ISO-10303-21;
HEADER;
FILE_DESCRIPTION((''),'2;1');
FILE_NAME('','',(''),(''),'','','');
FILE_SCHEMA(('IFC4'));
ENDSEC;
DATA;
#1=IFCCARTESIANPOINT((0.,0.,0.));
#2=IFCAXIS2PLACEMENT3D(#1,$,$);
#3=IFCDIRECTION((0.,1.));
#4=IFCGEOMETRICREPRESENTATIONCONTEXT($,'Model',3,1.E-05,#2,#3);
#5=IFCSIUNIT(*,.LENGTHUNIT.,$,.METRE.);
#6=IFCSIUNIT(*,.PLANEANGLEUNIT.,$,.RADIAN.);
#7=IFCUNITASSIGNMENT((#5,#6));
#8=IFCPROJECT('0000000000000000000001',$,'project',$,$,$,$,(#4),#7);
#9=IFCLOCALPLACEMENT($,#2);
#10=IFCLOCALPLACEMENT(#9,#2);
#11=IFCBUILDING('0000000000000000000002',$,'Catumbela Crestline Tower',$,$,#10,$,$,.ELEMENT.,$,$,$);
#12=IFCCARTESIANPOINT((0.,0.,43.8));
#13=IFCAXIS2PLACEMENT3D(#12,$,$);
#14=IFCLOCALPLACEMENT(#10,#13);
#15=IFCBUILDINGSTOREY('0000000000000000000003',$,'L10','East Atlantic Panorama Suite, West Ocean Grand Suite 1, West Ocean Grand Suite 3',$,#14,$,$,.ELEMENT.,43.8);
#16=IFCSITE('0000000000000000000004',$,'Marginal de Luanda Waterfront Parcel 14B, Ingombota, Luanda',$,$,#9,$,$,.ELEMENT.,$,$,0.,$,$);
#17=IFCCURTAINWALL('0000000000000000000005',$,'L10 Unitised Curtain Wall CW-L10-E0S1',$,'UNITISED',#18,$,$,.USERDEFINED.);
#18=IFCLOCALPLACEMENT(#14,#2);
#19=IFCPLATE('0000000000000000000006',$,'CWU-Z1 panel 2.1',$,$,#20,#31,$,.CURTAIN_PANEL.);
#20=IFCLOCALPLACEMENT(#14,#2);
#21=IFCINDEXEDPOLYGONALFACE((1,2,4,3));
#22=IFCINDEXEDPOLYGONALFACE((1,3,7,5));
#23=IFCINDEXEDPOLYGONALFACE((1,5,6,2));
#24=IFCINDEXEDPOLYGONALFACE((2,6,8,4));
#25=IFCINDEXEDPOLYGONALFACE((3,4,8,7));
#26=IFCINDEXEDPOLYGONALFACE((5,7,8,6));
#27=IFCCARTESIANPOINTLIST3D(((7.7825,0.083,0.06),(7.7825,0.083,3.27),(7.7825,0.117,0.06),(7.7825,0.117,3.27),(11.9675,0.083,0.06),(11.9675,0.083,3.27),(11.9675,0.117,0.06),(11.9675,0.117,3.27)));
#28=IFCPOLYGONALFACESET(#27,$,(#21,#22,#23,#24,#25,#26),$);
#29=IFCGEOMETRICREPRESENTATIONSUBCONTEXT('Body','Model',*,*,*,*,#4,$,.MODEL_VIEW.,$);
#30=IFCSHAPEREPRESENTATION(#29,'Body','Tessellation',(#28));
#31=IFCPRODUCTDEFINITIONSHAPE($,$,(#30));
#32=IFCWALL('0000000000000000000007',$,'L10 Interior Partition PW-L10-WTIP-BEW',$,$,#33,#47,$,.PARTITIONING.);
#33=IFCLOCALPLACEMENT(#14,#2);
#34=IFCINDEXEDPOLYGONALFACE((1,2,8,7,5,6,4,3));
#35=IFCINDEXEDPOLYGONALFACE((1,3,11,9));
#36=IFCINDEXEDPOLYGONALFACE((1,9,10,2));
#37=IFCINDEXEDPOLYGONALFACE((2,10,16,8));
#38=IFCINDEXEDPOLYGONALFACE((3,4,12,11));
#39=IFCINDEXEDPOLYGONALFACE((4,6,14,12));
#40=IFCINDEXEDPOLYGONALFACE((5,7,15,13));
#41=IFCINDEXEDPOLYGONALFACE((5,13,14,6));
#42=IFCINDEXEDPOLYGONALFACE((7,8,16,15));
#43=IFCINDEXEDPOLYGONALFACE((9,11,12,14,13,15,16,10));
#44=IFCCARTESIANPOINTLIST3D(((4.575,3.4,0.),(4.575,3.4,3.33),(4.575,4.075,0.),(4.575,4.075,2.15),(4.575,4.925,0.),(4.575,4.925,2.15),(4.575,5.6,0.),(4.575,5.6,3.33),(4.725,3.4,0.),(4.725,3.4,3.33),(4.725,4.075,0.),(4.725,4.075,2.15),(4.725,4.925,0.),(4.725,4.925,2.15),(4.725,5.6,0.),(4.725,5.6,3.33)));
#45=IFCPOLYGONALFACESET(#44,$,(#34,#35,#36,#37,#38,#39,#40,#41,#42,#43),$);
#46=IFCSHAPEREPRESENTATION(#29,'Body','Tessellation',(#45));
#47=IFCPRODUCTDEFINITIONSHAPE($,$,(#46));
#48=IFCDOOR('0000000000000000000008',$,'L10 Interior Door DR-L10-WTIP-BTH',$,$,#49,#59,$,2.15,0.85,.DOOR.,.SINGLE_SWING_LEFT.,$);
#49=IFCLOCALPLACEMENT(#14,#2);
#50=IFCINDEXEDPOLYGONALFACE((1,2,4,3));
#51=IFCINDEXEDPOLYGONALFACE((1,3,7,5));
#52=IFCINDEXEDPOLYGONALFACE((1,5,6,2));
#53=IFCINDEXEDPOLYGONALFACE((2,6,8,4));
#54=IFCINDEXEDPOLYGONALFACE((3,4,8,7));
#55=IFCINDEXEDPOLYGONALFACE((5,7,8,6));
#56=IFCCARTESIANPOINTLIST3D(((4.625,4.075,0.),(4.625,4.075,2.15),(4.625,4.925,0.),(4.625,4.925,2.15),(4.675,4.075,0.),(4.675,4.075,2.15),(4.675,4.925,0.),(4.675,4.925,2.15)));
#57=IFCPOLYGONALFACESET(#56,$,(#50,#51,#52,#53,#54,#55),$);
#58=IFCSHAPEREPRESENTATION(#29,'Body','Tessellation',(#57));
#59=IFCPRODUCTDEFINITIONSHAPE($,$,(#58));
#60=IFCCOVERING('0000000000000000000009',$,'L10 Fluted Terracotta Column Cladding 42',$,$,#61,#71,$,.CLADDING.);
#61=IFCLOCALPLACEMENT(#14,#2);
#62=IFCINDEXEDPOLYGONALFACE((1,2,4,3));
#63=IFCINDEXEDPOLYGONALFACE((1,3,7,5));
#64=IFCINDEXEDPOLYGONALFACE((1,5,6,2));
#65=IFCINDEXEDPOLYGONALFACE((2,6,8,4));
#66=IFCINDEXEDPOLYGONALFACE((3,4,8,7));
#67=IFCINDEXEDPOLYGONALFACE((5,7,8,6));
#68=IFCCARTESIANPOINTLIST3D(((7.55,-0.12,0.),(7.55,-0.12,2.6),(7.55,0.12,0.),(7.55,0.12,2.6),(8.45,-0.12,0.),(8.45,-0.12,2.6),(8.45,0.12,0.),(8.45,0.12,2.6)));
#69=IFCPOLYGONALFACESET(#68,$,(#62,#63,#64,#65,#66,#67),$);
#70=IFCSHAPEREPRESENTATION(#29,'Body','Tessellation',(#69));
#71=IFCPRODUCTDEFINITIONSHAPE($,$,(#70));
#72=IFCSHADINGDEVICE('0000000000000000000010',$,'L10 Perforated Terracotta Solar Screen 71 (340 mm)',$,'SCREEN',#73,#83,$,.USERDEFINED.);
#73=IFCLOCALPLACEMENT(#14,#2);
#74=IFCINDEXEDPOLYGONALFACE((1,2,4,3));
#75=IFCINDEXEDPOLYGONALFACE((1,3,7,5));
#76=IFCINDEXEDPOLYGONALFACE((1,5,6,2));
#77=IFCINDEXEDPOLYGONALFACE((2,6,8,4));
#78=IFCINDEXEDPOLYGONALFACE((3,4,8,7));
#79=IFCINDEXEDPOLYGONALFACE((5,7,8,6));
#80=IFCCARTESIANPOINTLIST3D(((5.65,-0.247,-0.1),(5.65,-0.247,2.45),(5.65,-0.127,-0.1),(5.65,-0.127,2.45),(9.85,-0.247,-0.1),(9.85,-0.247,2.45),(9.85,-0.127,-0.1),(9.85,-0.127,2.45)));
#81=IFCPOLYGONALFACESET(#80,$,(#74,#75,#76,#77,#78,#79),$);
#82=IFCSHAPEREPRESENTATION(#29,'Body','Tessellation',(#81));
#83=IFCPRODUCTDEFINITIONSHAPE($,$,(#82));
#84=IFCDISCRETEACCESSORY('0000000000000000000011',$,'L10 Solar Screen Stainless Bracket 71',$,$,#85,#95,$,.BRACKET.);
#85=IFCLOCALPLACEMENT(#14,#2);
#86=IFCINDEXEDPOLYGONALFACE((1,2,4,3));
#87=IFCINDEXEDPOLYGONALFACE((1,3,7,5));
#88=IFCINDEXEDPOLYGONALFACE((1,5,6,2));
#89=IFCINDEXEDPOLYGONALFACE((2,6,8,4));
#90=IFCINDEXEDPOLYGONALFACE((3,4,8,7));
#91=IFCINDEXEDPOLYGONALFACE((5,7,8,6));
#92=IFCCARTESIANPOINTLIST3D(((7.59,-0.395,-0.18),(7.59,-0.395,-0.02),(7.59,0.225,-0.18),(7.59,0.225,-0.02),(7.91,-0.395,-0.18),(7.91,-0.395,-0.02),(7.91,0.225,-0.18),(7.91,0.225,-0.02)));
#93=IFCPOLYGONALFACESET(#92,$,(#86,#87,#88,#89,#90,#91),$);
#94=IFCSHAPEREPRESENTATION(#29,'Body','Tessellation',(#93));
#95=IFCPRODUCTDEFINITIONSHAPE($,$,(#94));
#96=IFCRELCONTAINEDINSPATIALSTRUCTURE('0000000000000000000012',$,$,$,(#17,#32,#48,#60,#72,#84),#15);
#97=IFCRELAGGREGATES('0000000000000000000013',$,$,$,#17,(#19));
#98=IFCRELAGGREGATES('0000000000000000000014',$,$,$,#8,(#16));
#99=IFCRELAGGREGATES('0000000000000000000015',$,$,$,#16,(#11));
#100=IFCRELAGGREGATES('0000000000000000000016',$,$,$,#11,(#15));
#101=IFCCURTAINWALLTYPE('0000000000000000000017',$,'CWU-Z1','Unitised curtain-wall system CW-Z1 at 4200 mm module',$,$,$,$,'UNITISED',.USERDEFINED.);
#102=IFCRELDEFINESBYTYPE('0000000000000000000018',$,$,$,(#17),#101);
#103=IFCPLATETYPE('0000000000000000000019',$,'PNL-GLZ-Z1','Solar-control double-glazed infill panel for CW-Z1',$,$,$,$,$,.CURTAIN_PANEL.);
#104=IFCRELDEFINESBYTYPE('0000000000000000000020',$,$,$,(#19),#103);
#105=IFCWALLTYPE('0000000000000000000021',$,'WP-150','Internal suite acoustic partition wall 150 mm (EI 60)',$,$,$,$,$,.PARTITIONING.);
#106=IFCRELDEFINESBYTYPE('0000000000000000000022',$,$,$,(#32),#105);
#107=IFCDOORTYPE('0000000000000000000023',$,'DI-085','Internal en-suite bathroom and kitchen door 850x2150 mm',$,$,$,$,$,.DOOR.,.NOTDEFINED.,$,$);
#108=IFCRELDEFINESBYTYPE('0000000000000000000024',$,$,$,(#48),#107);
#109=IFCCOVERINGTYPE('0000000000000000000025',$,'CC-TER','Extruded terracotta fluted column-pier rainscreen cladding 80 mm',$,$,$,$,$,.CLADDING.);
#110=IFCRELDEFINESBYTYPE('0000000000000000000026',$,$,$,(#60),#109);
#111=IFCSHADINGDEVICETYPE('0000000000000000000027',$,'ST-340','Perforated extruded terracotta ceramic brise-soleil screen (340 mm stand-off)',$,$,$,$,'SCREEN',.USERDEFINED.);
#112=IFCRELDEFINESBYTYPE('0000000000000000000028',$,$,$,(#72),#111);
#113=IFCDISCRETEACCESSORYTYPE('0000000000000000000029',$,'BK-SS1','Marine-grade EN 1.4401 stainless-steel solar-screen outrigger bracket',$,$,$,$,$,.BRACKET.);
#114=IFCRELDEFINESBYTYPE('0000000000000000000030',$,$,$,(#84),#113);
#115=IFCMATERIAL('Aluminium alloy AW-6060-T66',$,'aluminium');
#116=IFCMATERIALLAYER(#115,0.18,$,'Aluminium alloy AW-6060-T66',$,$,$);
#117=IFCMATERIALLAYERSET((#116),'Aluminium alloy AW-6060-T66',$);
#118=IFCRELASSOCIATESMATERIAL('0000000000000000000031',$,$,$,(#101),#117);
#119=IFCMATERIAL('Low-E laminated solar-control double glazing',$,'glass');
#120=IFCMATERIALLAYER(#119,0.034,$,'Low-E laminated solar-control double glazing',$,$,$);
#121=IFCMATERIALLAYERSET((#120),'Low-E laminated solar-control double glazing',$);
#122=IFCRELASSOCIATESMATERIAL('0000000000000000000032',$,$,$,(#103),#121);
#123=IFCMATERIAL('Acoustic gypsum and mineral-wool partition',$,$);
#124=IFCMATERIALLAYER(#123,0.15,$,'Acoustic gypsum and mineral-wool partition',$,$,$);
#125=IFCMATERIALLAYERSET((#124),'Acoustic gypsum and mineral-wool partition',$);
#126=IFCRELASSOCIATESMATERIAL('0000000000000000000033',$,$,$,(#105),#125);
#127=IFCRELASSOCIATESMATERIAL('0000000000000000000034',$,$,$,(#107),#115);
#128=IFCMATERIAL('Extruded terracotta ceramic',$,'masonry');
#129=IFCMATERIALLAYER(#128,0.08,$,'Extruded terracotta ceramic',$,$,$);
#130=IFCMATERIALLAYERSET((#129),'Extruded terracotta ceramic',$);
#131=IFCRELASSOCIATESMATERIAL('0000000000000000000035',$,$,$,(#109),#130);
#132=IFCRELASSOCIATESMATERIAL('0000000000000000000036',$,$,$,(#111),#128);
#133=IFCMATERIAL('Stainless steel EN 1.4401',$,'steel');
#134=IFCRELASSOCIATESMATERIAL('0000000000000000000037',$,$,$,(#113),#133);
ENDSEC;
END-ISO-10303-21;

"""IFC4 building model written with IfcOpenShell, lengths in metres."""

from ifc_helpers import new_model, si_unit, direction, frame, frame_2d, origin, origin_2d, place, context, subcontext, project, spatial, rectangle, extrude, material, layer, layer_set, type_object, element, fill, aggregate, save


model = new_model("IFC4")

# Units and contexts
model_context = context("Model", 3, precision=1e-05, world=origin(), true_north=direction((0.0, 1.0)))
body_context = subcontext(model_context, "Body", "Model", "MODEL_VIEW")
ifc_project = project(units=[si_unit("LENGTHUNIT", "METRE"), si_unit("PLANEANGLEUNIT", "RADIAN")], contexts=[model_context])

# Site, building, storey
site_placement = place(None, origin())
site = spatial("IfcSite", under=ifc_project, at=site_placement, Name="Marginal de Luanda Waterfront Parcel 14B, Ingombota, Luanda", CompositionType="ELEMENT", RefElevation=0.0)
building_placement = place(site_placement, origin())
building = spatial("IfcBuilding", under=site, at=building_placement, Name="Catumbela Crestline Tower", CompositionType="ELEMENT")
storey_placement = place(building_placement, frame((0.0, 0.0, 43.8)))
storey = spatial("IfcBuildingStorey", under=building, at=storey_placement, Name="L10", Description="East Atlantic Panorama Suite, West Ocean Grand Suite 1, West Ocean Grand Suite 3", CompositionType="ELEMENT", Elevation=43.8)

# Curtain wall, plate
ifc_material_1 = material(Name="Aluminium alloy AW-6060-T66", Category="aluminium")
ifc_layer_1 = layer(ifc_material_1, 0.18, Name="Aluminium alloy AW-6060-T66")
ifc_layer_set_1 = layer_set([ifc_layer_1], Name="Aluminium alloy AW-6060-T66")
curtain_wall_type = type_object("IfcCurtainWallType", Name="CWU-Z1", Description="Unitised curtain-wall system CW-Z1 at 4200 mm module", ElementType="UNITISED", PredefinedType="USERDEFINED", material=ifc_layer_set_1)
curtain_wall_placement = place(storey_placement, origin())
curtain_wall = element("IfcCurtainWall", 1, at=curtain_wall_placement, inside=storey, type_object=curtain_wall_type, Name="L10 Unitised Curtain Wall CW-L10-E0S1", ObjectType="UNITISED", PredefinedType="USERDEFINED")
ifc_material_2 = material(Name="Low-E laminated solar-control double glazing", Category="glass")
ifc_layer_2 = layer(ifc_material_2, 0.034, Name="Low-E laminated solar-control double glazing")
ifc_layer_set_2 = layer_set([ifc_layer_2], Name="Low-E laminated solar-control double glazing")
plate_type = type_object("IfcPlateType", Name="PNL-GLZ-Z1", Description="Solar-control double-glazed infill panel for CW-Z1", PredefinedType="CURTAIN_PANEL", material=ifc_layer_set_2)
plate_1_placement = place(storey_placement, frame((9.875, 0.1, 0.06), z_axis=(0.0, 0.0, 1.0), x_axis=(1.0, 0.0, 0.0)))
plate_1 = element("IfcPlate", 2, at=plate_1_placement, type_object=plate_type, Name="CWU-Z1 panel 2.1", PredefinedType="CURTAIN_PANEL", context=body_context, shape_type="SweptSolid", body=[
    extrude(rectangle(XDim=4.185, YDim=0.034, at=origin_2d()), origin(), (0.0, 0.0, 1.0), 3.21),
])
aggregate(curtain_wall, [plate_1])

# Wall, opening, door
ifc_material_3 = material(Name="Acoustic gypsum and mineral-wool partition")
ifc_layer_3 = layer(ifc_material_3, 0.15, Name="Acoustic gypsum and mineral-wool partition")
ifc_layer_set_3 = layer_set([ifc_layer_3], Name="Acoustic gypsum and mineral-wool partition")
wall_type = type_object("IfcWallType", Name="WP-150", Description="Internal suite acoustic partition wall 150 mm (EI 60)", PredefinedType="PARTITIONING", material=ifc_layer_set_3)
wall_placement = place(storey_placement, frame((4.65, 3.4, 0.0), z_axis=(0.0, 0.0, 1.0), x_axis=(0.0, 1.0, 0.0)))
wall = element("IfcWall", 3, at=wall_placement, inside=storey, type_object=wall_type, Name="L10 Interior Partition PW-L10-WTIP-BEW", PredefinedType="PARTITIONING", context=body_context, shape_type="SweptSolid", body=[
    extrude(rectangle(XDim=2.2, YDim=0.15, at=frame_2d((1.1, 0.0))), origin(), (0.0, 0.0, 1.0), 3.33),
])
opening_placement = place(wall_placement, frame((0.675, 0.0, 0.0)))
opening = element("IfcOpeningElement", 4, at=opening_placement, cuts=wall, PredefinedType="OPENING", context=body_context, shape_type="SweptSolid", body=[
    extrude(rectangle(XDim=0.85, YDim=2.15, at=frame_2d((0.425, 1.075))), frame((0.0, 0.085, 0.0), z_axis=(0.0, -1.0, 0.0), x_axis=(1.0, 0.0, 0.0)), (0.0, 0.0, 1.0), 0.17),
])
door_type = type_object("IfcDoorType", Name="DI-085", Description="Internal en-suite bathroom and kitchen door 850x2150 mm", OperationType="NOTDEFINED", PredefinedType="DOOR", material=ifc_material_1)
door_placement = place(opening_placement, origin())
door = element("IfcDoor", 5, at=door_placement, inside=storey, type_object=door_type, Name="L10 Interior Door DR-L10-WTIP-BTH", OperationType="SINGLE_SWING_LEFT", OverallHeight=2.15, OverallWidth=0.85, PredefinedType="DOOR", context=body_context, shape_type="SweptSolid", body=[
    extrude(rectangle(XDim=0.85, YDim=2.15, at=frame_2d((0.425, 1.075))), frame((0.0, 0.025, 0.0), z_axis=(0.0, -1.0, 0.0), x_axis=(1.0, 0.0, 0.0)), (0.0, 0.0, 1.0), 0.05),
])
fill(opening, door)

# Covering
ifc_material_4 = material(Name="Extruded terracotta ceramic", Category="masonry")
ifc_layer_4 = layer(ifc_material_4, 0.08, Name="Extruded terracotta ceramic")
ifc_layer_set_4 = layer_set([ifc_layer_4], Name="Extruded terracotta ceramic")
covering_type = type_object("IfcCoveringType", Name="CC-TER", Description="Extruded terracotta fluted column-pier rainscreen cladding 80 mm", PredefinedType="CLADDING", material=ifc_layer_set_4)
covering_placement = place(storey_placement, frame((8.0, 0.0, 0.0), z_axis=(0.0, 0.0, 1.0), x_axis=(1.0, 0.0, 0.0)))
element("IfcCovering", 6, at=covering_placement, inside=storey, type_object=covering_type, Name="L10 Fluted Terracotta Column Cladding 42", PredefinedType="CLADDING", context=body_context, shape_type="SweptSolid", body=[
    extrude(rectangle(XDim=0.9, YDim=0.24, at=origin_2d()), origin(), (0.0, 0.0, 1.0), 2.6),
])

# Shading device
shading_device_type = type_object("IfcShadingDeviceType", Name="ST-340", Description="Perforated extruded terracotta ceramic brise-soleil screen (340 mm stand-off)", ElementType="SCREEN", PredefinedType="USERDEFINED", material=ifc_material_4)
shading_device_placement = place(storey_placement, frame((7.75, -0.187, -0.1), z_axis=(0.0, 0.0, 1.0), x_axis=(1.0, 0.0, 0.0)))
element("IfcShadingDevice", 7, at=shading_device_placement, inside=storey, type_object=shading_device_type, Name="L10 Perforated Terracotta Solar Screen 71 (340 mm)", ObjectType="SCREEN", PredefinedType="USERDEFINED", context=body_context, shape_type="SweptSolid", body=[
    extrude(rectangle(XDim=4.2, YDim=0.12, at=origin_2d()), origin(), (0.0, 0.0, 1.0), 2.55),
])

# Discrete accessory
ifc_material_5 = material(Name="Stainless steel EN 1.4401", Category="steel")
discrete_accessory_type = type_object("IfcDiscreteAccessoryType", Name="BK-SS1", Description="Marine-grade EN 1.4401 stainless-steel solar-screen outrigger bracket", PredefinedType="BRACKET", material=ifc_material_5)
discrete_accessory_placement = place(storey_placement, frame((7.75, -0.085, -0.18), z_axis=(0.0, 0.0, 1.0), x_axis=(1.0, 0.0, 0.0)))
element("IfcDiscreteAccessory", 8, at=discrete_accessory_placement, inside=storey, type_object=discrete_accessory_type, Name="L10 Solar Screen Stainless Bracket 71", PredefinedType="BRACKET", context=body_context, shape_type="SweptSolid", body=[
    extrude(rectangle(XDim=0.32, YDim=0.62, at=origin_2d()), origin(), (0.0, 0.0, 1.0), 0.16),
])

save(model, "model.ifc")
